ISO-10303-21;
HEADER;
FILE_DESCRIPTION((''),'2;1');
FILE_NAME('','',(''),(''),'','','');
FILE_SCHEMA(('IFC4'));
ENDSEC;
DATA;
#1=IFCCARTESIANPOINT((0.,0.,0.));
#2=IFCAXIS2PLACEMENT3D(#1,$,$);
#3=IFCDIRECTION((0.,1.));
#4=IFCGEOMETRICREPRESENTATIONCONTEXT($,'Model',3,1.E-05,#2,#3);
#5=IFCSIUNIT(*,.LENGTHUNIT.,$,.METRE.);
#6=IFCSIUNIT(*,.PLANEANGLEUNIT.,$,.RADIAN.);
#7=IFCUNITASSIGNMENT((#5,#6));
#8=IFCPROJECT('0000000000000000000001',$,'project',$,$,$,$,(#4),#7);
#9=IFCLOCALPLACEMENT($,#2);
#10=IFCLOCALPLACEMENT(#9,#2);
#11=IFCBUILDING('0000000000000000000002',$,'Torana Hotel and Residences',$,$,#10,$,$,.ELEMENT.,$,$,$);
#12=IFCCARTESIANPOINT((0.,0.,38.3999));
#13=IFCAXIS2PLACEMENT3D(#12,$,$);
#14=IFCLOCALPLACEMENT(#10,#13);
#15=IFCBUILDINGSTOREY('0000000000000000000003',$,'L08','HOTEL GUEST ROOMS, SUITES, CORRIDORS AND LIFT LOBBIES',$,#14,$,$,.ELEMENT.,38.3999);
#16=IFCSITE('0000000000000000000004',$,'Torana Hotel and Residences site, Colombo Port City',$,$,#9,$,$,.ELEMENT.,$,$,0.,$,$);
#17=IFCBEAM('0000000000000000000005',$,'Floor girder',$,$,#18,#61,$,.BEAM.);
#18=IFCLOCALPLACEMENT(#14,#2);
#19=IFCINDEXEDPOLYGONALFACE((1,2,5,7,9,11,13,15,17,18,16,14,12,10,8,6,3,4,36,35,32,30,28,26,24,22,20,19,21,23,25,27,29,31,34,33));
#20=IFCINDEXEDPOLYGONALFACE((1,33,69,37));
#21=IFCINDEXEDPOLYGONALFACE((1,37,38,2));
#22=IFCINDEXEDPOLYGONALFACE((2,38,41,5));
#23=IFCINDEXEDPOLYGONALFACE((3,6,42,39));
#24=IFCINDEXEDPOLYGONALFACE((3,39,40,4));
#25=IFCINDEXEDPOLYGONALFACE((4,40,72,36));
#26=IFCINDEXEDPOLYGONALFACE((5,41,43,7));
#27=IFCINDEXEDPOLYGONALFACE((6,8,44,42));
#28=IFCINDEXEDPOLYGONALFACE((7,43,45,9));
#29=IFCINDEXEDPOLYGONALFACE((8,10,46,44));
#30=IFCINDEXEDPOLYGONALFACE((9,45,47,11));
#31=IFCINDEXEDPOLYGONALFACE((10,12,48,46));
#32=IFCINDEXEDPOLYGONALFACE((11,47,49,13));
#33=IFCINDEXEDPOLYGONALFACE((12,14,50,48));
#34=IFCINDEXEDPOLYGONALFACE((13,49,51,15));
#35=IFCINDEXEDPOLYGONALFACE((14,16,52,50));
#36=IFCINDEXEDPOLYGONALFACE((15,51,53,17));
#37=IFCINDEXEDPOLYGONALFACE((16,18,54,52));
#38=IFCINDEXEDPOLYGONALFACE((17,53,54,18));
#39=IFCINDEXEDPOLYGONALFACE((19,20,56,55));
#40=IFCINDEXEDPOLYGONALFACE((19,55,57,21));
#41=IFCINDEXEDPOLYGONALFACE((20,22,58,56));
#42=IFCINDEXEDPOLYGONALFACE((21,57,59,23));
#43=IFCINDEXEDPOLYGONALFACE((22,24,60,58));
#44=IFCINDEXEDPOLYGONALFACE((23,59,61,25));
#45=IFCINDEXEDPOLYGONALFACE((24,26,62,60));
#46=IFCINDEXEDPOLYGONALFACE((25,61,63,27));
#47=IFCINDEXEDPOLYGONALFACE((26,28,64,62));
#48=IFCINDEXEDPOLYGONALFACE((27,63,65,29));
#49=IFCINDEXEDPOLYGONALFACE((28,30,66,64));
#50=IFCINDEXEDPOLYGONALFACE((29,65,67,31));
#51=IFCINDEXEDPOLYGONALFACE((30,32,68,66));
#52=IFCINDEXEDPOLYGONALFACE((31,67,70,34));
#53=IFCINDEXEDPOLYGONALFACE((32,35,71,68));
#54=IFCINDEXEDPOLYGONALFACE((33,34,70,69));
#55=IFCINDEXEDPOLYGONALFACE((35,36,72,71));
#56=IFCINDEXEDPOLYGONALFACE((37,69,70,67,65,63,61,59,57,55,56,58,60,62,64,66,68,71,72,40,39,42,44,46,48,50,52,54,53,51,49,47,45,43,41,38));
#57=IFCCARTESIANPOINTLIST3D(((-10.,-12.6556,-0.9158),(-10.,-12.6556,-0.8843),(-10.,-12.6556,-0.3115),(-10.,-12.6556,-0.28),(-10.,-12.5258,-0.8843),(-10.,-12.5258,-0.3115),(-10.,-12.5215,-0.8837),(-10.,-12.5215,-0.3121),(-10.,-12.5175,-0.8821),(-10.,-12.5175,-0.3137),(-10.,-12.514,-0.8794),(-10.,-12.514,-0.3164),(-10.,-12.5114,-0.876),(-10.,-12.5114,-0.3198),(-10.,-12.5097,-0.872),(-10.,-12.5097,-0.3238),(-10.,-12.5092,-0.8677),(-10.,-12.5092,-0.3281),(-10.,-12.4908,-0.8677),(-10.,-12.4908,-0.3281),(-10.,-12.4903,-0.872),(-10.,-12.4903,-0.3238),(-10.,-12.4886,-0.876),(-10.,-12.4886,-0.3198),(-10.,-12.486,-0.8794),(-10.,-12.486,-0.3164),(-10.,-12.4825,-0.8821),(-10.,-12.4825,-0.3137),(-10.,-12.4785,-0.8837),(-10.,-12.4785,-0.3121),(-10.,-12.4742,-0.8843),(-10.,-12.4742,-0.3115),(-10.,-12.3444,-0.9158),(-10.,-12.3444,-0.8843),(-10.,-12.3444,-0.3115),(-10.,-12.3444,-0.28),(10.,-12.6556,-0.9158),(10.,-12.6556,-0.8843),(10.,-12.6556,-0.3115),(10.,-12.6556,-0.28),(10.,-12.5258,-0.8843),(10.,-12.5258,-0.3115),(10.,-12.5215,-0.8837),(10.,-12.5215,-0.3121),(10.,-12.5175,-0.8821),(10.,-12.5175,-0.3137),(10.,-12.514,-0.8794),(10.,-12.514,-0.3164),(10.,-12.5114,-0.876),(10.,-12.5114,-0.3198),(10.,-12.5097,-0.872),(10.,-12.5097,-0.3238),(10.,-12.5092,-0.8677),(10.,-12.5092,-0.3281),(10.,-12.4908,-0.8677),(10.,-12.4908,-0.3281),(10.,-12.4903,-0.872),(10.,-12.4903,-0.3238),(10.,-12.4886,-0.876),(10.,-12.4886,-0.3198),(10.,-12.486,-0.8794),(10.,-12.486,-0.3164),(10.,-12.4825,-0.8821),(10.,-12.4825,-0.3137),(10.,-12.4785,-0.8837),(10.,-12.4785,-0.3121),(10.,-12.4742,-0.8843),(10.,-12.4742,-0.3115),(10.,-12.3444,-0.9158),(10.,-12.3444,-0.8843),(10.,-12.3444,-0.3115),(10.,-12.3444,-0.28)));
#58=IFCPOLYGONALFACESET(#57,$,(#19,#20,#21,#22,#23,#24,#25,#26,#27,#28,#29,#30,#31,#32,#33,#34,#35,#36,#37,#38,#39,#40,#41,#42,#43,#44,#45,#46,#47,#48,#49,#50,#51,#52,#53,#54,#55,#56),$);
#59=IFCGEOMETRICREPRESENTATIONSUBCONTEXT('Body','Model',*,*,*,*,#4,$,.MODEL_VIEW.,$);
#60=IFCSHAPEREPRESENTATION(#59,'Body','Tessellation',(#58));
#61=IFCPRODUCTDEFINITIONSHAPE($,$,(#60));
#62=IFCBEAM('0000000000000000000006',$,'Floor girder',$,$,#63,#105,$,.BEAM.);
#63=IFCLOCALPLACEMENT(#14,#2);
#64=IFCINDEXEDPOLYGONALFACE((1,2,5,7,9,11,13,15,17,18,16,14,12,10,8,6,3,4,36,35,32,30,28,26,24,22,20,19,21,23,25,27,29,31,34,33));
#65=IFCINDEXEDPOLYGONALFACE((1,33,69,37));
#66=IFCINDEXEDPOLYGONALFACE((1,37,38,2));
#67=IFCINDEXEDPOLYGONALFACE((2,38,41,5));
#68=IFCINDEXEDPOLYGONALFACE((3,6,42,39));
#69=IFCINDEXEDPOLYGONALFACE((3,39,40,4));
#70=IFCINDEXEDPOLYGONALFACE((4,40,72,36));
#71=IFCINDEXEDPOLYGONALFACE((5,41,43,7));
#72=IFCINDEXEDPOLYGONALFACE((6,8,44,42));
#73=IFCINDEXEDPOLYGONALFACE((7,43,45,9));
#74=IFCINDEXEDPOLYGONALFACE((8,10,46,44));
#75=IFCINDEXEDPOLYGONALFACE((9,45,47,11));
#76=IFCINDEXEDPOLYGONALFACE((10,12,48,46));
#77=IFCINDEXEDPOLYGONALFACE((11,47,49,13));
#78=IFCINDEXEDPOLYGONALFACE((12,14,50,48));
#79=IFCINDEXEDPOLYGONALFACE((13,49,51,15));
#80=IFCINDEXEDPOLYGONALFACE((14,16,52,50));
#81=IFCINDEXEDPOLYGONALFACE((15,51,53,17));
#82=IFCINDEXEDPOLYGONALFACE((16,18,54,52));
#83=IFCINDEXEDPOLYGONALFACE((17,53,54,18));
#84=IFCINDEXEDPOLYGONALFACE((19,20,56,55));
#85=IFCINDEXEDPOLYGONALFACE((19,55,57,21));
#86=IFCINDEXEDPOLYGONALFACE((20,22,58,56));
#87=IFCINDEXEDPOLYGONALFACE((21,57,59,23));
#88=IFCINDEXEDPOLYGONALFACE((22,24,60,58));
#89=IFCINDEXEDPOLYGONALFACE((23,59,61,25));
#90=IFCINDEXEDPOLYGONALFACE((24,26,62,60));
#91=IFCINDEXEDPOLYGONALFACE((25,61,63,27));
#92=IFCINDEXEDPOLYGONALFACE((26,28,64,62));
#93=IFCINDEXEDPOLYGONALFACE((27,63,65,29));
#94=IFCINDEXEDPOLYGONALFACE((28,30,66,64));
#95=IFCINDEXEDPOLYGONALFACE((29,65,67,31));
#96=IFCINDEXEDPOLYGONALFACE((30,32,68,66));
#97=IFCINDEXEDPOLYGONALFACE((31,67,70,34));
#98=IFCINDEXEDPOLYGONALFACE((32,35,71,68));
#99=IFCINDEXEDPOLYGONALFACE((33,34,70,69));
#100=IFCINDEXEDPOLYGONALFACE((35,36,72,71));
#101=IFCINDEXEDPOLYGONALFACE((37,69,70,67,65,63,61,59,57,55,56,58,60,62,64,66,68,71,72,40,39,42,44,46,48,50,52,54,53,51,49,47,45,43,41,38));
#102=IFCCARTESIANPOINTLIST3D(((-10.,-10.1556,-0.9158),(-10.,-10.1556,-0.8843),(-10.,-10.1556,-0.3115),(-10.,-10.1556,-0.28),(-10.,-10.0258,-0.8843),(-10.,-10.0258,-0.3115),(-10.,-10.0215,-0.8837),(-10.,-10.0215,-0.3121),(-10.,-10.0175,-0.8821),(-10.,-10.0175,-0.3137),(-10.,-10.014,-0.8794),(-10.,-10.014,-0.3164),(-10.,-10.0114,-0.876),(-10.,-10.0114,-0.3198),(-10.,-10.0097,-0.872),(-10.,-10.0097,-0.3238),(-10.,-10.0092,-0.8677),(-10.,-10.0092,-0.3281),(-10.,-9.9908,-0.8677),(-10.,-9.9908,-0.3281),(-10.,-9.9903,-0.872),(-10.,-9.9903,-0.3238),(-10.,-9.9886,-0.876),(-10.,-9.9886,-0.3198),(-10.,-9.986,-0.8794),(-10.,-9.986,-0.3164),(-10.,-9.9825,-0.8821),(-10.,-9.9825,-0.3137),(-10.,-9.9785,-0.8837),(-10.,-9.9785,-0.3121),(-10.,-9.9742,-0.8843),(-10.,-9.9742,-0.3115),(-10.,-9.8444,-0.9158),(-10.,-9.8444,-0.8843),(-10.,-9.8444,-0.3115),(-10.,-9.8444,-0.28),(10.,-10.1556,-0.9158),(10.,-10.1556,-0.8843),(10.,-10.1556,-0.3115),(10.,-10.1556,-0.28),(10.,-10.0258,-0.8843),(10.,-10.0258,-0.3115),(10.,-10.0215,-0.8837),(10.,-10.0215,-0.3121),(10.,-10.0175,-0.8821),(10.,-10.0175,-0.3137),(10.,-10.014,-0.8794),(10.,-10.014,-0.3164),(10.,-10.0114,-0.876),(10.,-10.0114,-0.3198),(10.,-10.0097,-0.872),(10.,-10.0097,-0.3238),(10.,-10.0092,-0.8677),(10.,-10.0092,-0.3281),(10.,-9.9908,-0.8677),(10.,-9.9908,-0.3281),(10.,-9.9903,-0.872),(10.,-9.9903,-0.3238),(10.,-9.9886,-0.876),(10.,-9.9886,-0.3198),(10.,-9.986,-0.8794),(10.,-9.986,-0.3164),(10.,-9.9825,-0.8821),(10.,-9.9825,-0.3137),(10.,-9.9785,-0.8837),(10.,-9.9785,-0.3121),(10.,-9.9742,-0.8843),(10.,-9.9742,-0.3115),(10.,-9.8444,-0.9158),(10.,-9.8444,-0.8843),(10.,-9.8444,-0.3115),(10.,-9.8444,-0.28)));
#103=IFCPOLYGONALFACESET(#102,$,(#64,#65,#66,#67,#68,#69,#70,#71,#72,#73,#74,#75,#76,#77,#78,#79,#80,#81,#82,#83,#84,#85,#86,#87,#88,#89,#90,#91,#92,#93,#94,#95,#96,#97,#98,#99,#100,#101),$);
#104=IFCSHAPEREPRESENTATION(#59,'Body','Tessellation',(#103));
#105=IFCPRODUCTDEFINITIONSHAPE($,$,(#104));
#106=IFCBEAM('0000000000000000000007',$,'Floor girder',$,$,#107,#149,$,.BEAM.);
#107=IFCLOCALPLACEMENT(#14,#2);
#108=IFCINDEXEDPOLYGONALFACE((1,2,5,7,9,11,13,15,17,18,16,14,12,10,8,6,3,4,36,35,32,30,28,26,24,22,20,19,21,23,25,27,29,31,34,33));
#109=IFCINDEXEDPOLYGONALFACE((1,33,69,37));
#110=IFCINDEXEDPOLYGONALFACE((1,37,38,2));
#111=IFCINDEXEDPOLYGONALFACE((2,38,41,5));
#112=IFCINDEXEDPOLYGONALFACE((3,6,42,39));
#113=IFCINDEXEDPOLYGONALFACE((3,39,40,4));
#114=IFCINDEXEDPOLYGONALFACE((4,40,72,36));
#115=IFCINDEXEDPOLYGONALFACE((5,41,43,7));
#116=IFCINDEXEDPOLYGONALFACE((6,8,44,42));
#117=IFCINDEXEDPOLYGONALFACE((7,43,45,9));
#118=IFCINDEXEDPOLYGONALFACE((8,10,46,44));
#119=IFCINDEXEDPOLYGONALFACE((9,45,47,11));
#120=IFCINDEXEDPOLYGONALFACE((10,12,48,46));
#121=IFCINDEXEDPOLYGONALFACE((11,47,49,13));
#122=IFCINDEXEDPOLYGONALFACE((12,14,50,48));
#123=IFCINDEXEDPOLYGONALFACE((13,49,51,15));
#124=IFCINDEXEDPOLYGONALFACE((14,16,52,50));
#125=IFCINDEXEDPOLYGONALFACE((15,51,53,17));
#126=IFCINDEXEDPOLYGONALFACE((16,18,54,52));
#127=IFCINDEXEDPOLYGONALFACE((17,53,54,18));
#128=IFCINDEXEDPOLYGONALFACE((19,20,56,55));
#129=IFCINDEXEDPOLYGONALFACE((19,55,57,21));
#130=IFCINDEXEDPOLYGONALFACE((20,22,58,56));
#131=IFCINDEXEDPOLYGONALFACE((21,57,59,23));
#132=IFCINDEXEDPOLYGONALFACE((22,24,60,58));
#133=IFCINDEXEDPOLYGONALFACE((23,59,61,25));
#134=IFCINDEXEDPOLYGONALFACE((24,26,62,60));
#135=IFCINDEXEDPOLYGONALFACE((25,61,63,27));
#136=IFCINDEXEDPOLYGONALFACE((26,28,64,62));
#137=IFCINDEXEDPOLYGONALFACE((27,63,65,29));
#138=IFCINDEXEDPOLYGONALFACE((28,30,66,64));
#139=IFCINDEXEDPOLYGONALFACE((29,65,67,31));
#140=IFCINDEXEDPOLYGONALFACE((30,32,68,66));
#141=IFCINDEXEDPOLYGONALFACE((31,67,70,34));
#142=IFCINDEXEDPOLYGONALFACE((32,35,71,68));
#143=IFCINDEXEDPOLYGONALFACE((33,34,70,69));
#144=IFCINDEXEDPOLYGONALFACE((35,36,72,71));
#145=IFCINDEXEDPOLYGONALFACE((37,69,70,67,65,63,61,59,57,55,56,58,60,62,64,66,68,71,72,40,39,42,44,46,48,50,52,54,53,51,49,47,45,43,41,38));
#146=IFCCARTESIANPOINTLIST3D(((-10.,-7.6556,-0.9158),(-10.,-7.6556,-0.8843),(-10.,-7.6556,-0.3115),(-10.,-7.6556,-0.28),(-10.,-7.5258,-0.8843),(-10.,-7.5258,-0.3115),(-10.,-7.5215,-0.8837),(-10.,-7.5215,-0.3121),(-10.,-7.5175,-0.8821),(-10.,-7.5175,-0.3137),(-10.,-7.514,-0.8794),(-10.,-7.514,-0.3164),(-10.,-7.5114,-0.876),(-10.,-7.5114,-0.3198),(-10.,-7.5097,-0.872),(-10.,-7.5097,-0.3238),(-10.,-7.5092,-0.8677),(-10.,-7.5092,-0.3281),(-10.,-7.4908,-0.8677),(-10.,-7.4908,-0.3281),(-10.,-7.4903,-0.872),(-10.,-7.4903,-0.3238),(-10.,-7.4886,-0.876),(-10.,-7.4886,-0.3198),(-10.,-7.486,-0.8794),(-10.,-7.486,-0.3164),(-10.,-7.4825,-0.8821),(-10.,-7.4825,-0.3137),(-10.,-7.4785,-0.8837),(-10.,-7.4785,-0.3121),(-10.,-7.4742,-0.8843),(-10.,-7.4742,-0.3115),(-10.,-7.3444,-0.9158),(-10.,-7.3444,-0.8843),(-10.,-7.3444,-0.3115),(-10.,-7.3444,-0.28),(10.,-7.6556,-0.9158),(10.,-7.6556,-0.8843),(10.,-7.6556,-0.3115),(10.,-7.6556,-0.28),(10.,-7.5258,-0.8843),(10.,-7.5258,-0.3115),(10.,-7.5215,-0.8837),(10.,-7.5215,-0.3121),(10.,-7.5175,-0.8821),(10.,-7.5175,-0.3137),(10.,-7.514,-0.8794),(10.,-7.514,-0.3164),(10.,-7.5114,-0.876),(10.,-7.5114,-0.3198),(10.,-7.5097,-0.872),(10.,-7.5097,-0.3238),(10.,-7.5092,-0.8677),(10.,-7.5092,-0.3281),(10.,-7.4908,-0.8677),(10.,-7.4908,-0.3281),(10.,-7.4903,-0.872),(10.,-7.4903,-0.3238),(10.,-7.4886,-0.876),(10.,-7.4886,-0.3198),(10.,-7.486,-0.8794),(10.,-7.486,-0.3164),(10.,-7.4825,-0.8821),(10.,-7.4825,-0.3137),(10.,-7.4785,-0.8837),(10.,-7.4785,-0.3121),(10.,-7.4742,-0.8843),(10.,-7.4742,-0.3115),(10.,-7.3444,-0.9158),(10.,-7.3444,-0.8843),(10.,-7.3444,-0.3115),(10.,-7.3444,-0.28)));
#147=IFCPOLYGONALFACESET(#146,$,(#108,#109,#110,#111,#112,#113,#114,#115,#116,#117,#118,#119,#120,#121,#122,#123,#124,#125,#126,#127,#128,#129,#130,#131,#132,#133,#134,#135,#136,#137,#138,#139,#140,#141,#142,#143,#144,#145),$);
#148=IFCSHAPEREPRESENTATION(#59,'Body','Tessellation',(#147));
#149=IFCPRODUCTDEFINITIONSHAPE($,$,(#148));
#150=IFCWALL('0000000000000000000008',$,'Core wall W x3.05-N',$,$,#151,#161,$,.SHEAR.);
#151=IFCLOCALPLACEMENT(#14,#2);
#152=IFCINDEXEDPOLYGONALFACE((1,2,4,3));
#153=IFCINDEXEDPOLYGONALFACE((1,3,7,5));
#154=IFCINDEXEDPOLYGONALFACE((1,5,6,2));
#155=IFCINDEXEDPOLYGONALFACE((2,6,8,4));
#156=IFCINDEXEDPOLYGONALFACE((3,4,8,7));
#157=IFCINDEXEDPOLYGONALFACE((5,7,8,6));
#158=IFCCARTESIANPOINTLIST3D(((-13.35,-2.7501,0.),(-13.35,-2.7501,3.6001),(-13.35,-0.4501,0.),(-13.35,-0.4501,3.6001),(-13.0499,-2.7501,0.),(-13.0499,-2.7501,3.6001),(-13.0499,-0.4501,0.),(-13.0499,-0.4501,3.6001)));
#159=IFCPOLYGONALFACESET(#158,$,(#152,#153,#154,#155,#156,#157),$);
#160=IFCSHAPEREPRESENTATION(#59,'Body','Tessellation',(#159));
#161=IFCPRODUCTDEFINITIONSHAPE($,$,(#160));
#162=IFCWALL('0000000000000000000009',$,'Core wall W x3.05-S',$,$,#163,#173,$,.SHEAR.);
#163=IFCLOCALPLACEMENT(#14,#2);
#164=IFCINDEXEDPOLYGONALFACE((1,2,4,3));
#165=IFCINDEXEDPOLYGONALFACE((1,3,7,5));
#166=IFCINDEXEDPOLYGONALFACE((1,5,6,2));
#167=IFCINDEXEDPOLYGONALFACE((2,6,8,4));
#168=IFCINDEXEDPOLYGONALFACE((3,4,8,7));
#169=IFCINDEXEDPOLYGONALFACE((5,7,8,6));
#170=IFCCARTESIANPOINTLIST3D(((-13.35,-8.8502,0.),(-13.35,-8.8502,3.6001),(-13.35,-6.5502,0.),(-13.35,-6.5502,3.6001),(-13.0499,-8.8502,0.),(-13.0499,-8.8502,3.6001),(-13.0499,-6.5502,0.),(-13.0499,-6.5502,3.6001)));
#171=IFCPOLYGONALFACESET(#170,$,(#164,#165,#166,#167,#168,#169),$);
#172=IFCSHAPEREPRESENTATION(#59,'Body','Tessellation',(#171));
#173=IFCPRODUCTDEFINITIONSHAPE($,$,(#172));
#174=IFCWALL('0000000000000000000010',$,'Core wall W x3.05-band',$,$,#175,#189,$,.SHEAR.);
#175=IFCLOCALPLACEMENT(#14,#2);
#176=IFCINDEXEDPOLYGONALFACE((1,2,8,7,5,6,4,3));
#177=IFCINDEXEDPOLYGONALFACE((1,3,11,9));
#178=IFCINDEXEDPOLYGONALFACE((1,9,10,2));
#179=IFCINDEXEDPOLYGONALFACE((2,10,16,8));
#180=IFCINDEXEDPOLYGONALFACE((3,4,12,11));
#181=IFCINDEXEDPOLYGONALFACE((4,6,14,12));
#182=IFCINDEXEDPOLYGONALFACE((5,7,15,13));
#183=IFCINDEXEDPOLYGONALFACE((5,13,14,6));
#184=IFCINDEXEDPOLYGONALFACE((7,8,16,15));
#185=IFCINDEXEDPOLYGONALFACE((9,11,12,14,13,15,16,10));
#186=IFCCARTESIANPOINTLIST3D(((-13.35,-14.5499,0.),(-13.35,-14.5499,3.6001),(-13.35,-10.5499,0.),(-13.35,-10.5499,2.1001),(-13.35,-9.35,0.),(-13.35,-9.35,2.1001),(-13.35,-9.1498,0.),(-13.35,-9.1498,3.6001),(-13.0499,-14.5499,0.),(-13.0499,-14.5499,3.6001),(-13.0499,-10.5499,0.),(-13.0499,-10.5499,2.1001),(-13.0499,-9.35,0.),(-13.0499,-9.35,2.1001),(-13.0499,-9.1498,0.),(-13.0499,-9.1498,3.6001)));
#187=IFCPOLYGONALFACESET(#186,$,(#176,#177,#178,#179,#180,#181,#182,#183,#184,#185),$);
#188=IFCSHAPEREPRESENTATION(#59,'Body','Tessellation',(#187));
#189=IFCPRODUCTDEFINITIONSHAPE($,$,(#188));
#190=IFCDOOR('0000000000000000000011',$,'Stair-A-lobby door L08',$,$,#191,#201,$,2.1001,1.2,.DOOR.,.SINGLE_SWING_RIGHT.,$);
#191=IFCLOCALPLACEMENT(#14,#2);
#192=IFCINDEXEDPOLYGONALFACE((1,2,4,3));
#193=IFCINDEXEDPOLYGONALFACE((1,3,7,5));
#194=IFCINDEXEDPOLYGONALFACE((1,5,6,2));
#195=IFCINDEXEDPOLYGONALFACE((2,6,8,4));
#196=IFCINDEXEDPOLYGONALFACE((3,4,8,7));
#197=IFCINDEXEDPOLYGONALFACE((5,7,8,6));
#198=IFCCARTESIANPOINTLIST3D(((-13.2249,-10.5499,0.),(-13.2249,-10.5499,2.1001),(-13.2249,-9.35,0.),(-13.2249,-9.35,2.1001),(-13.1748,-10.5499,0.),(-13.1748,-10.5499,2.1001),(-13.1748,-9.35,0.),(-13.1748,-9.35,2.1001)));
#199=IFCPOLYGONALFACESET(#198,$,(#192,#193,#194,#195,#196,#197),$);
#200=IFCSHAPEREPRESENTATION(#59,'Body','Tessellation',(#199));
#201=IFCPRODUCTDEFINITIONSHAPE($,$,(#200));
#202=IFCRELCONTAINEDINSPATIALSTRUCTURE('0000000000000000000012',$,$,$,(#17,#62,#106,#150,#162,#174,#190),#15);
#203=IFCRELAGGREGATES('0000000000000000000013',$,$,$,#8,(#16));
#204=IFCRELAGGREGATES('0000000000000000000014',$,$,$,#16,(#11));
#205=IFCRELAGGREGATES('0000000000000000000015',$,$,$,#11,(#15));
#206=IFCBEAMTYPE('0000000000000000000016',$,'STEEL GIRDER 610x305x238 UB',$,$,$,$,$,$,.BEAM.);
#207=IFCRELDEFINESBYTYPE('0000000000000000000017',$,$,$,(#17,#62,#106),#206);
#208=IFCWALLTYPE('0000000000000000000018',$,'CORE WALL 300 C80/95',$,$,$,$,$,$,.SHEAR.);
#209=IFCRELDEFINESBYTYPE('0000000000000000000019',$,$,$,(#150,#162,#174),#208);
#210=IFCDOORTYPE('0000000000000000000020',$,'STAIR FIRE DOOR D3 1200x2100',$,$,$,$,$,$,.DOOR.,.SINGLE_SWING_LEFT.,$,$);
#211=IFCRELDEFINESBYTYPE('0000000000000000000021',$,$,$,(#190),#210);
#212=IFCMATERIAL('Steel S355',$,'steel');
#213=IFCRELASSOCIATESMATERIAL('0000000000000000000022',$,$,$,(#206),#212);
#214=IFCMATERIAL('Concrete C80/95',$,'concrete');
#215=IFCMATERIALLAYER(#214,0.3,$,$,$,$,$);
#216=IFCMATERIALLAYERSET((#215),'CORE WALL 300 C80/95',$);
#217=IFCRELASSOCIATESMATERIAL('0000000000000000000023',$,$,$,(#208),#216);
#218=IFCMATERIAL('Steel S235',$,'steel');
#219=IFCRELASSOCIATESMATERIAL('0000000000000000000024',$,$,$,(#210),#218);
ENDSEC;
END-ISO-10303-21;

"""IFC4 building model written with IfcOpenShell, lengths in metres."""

from ifc_helpers import new_model, si_unit, direction, frame, frame_2d, origin, origin_2d, place, context, subcontext, project, spatial, rectangle, i_section, extrude, material, layer, layer_set, material_profile, profile_set, type_object, element, fill, save


model = new_model("IFC4")

# Units and contexts
model_context = context("Model", 3, precision=1e-05, world=origin(), true_north=direction((0.0, 1.0)))
body_context = subcontext(model_context, "Body", "Model", "MODEL_VIEW")
ifc_project = project(units=[si_unit("LENGTHUNIT", "METRE"), si_unit("PLANEANGLEUNIT", "RADIAN")], contexts=[model_context])

# Site, building, storey
site_placement = place(None, origin())
site = spatial("IfcSite", under=ifc_project, at=site_placement, Name="Torana Hotel and Residences site, Colombo Port City", CompositionType="ELEMENT", RefElevation=0.0)
building_placement = place(site_placement, origin())
building = spatial("IfcBuilding", under=site, at=building_placement, Name="Torana Hotel and Residences", CompositionType="ELEMENT")
storey_placement = place(building_placement, frame((0.0, 0.0, 38.3999)))
storey = spatial("IfcBuildingStorey", under=building, at=storey_placement, Name="L08", Description="HOTEL GUEST ROOMS, SUITES, CORRIDORS AND LIFT LOBBIES", CompositionType="ELEMENT", Elevation=38.3999)

# Beams
ifc_material_1 = material(Name="Steel S355", Category="steel")
ifc_material_profile = material_profile(ifc_material_1, i_section(OverallWidth=0.3113, OverallDepth=0.6357, WebThickness=0.0183, FlangeThickness=0.0315, FilletRadius=0.0166, at=origin_2d()), Name="610x305x238 UB")
ifc_profile_set = profile_set([ifc_material_profile], Name="Steel S355")
beam_type = type_object("IfcBeamType", Name="STEEL GIRDER 610x305x238 UB", PredefinedType="BEAM", material=ifc_profile_set)
for number, where, z_axis, x_axis, name in (
    (1, (-10.0, -12.5, -0.5979), (1.0, 0.0, 0.0), (0.0, 1.0, 0.0), "Floor girder"),
    (2, (-10.0, -10.0, -0.5979), (1.0, 0.0, 0.0), (0.0, 1.0, 0.0), "Floor girder"),
    (3, (-10.0, -7.5, -0.5979), (1.0, 0.0, 0.0), (0.0, 1.0, 0.0), "Floor girder"),
):
    element("IfcBeam", number, at=place(storey_placement, frame(where, z_axis=z_axis, x_axis=x_axis)), inside=storey, type_object=beam_type, Name=name, PredefinedType="BEAM", context=body_context, shape_type="SweptSolid", body=[
        extrude(i_section(OverallWidth=0.3113, OverallDepth=0.6357, WebThickness=0.0183, FlangeThickness=0.0315, FilletRadius=0.0166, at=origin_2d()), origin(), (0.0, 0.0, 1.0), 20.0),
    ])

# Walls
ifc_material_2 = material(Name="Concrete C80/95", Category="concrete")
ifc_layer_1 = layer(ifc_material_2, 0.3)
ifc_layer_set_1 = layer_set([ifc_layer_1], Name="CORE WALL 300 C80/95")
wall_type_1 = type_object("IfcWallType", Name="CORE WALL 300 C80/95", PredefinedType="SHEAR", material=ifc_layer_set_1)
for number, where, z_axis, x_axis, name in (
    (4, (-13.2, -2.75, 0.0), (0.0, 0.0, 1.0), (0.0, 1.0, 0.0), "Core wall W x3.05-N"),
    (5, (-13.2, -8.8501, 0.0), (0.0, 0.0, 1.0), (0.0, 1.0, 0.0), "Core wall W x3.05-S"),
):
    element("IfcWall", number, at=place(storey_placement, frame(where, z_axis=z_axis, x_axis=x_axis)), inside=storey, type_object=wall_type_1, Name=name, PredefinedType="SHEAR", context=body_context, shape_type="SweptSolid", body=[
        extrude(rectangle(XDim=2.3, YDim=0.3, at=frame_2d((1.1499, 0.0))), origin(), (0.0, 0.0, 1.0), 3.6001),
    ])

# Wall, opening, door
wall_1_placement = place(storey_placement, frame((-13.2, -14.55, 0.0), z_axis=(0.0, 0.0, 1.0), x_axis=(0.0, 1.0, 0.0)))
wall_1 = element("IfcWall", 6, at=wall_1_placement, inside=storey, type_object=wall_type_1, Name="Core wall W x3.05-band", PredefinedType="SHEAR", context=body_context, shape_type="SweptSolid", body=[
    extrude(rectangle(XDim=5.4001, YDim=0.3, at=frame_2d((2.7002, 0.0))), origin(), (0.0, 0.0, 1.0), 3.6001),
])
opening_1_placement = place(wall_1_placement, frame((4.0, 0.0, 0.0)))
opening_1 = element("IfcOpeningElement", 7, at=opening_1_placement, cuts=wall_1, PredefinedType="OPENING", context=body_context, shape_type="SweptSolid", body=[
    extrude(rectangle(XDim=1.2, YDim=2.1001, at=frame_2d((0.6001, 1.05))), frame((0.0, 0.1599, 0.0), z_axis=(0.0, -1.0, 0.0), x_axis=(1.0, 0.0, 0.0)), (0.0, 0.0, 1.0), 0.3201),
])
ifc_material_3 = material(Name="Steel S235", Category="steel")
door_type_1 = type_object("IfcDoorType", Name="STAIR FIRE DOOR D3 1200x2100", OperationType="SINGLE_SWING_LEFT", PredefinedType="DOOR", material=ifc_material_3)
door_1_placement = place(opening_1_placement, frame((0.6001, 0.0, 0.0), z_axis=(0.0, 0.0, 1.0), x_axis=(-1.0, 0.0, 0.0)))
door_1 = element("IfcDoor", 8, at=door_1_placement, inside=storey, type_object=door_type_1, Name="Stair-A-lobby door L08", OperationType="SINGLE_SWING_RIGHT", OverallHeight=2.1001, OverallWidth=1.2, PredefinedType="DOOR", context=body_context, shape_type="SweptSolid", body=[
    extrude(rectangle(XDim=1.2, YDim=2.1001, at=frame_2d((0.0, 1.05))), frame((0.0, -0.0249, 0.0), z_axis=(0.0, 1.0, 0.0), x_axis=(-1.0, 0.0, 0.0)), (0.0, 0.0, 1.0), 0.05),
])
fill(opening_1, door_1)

save(model, "model.ifc")
